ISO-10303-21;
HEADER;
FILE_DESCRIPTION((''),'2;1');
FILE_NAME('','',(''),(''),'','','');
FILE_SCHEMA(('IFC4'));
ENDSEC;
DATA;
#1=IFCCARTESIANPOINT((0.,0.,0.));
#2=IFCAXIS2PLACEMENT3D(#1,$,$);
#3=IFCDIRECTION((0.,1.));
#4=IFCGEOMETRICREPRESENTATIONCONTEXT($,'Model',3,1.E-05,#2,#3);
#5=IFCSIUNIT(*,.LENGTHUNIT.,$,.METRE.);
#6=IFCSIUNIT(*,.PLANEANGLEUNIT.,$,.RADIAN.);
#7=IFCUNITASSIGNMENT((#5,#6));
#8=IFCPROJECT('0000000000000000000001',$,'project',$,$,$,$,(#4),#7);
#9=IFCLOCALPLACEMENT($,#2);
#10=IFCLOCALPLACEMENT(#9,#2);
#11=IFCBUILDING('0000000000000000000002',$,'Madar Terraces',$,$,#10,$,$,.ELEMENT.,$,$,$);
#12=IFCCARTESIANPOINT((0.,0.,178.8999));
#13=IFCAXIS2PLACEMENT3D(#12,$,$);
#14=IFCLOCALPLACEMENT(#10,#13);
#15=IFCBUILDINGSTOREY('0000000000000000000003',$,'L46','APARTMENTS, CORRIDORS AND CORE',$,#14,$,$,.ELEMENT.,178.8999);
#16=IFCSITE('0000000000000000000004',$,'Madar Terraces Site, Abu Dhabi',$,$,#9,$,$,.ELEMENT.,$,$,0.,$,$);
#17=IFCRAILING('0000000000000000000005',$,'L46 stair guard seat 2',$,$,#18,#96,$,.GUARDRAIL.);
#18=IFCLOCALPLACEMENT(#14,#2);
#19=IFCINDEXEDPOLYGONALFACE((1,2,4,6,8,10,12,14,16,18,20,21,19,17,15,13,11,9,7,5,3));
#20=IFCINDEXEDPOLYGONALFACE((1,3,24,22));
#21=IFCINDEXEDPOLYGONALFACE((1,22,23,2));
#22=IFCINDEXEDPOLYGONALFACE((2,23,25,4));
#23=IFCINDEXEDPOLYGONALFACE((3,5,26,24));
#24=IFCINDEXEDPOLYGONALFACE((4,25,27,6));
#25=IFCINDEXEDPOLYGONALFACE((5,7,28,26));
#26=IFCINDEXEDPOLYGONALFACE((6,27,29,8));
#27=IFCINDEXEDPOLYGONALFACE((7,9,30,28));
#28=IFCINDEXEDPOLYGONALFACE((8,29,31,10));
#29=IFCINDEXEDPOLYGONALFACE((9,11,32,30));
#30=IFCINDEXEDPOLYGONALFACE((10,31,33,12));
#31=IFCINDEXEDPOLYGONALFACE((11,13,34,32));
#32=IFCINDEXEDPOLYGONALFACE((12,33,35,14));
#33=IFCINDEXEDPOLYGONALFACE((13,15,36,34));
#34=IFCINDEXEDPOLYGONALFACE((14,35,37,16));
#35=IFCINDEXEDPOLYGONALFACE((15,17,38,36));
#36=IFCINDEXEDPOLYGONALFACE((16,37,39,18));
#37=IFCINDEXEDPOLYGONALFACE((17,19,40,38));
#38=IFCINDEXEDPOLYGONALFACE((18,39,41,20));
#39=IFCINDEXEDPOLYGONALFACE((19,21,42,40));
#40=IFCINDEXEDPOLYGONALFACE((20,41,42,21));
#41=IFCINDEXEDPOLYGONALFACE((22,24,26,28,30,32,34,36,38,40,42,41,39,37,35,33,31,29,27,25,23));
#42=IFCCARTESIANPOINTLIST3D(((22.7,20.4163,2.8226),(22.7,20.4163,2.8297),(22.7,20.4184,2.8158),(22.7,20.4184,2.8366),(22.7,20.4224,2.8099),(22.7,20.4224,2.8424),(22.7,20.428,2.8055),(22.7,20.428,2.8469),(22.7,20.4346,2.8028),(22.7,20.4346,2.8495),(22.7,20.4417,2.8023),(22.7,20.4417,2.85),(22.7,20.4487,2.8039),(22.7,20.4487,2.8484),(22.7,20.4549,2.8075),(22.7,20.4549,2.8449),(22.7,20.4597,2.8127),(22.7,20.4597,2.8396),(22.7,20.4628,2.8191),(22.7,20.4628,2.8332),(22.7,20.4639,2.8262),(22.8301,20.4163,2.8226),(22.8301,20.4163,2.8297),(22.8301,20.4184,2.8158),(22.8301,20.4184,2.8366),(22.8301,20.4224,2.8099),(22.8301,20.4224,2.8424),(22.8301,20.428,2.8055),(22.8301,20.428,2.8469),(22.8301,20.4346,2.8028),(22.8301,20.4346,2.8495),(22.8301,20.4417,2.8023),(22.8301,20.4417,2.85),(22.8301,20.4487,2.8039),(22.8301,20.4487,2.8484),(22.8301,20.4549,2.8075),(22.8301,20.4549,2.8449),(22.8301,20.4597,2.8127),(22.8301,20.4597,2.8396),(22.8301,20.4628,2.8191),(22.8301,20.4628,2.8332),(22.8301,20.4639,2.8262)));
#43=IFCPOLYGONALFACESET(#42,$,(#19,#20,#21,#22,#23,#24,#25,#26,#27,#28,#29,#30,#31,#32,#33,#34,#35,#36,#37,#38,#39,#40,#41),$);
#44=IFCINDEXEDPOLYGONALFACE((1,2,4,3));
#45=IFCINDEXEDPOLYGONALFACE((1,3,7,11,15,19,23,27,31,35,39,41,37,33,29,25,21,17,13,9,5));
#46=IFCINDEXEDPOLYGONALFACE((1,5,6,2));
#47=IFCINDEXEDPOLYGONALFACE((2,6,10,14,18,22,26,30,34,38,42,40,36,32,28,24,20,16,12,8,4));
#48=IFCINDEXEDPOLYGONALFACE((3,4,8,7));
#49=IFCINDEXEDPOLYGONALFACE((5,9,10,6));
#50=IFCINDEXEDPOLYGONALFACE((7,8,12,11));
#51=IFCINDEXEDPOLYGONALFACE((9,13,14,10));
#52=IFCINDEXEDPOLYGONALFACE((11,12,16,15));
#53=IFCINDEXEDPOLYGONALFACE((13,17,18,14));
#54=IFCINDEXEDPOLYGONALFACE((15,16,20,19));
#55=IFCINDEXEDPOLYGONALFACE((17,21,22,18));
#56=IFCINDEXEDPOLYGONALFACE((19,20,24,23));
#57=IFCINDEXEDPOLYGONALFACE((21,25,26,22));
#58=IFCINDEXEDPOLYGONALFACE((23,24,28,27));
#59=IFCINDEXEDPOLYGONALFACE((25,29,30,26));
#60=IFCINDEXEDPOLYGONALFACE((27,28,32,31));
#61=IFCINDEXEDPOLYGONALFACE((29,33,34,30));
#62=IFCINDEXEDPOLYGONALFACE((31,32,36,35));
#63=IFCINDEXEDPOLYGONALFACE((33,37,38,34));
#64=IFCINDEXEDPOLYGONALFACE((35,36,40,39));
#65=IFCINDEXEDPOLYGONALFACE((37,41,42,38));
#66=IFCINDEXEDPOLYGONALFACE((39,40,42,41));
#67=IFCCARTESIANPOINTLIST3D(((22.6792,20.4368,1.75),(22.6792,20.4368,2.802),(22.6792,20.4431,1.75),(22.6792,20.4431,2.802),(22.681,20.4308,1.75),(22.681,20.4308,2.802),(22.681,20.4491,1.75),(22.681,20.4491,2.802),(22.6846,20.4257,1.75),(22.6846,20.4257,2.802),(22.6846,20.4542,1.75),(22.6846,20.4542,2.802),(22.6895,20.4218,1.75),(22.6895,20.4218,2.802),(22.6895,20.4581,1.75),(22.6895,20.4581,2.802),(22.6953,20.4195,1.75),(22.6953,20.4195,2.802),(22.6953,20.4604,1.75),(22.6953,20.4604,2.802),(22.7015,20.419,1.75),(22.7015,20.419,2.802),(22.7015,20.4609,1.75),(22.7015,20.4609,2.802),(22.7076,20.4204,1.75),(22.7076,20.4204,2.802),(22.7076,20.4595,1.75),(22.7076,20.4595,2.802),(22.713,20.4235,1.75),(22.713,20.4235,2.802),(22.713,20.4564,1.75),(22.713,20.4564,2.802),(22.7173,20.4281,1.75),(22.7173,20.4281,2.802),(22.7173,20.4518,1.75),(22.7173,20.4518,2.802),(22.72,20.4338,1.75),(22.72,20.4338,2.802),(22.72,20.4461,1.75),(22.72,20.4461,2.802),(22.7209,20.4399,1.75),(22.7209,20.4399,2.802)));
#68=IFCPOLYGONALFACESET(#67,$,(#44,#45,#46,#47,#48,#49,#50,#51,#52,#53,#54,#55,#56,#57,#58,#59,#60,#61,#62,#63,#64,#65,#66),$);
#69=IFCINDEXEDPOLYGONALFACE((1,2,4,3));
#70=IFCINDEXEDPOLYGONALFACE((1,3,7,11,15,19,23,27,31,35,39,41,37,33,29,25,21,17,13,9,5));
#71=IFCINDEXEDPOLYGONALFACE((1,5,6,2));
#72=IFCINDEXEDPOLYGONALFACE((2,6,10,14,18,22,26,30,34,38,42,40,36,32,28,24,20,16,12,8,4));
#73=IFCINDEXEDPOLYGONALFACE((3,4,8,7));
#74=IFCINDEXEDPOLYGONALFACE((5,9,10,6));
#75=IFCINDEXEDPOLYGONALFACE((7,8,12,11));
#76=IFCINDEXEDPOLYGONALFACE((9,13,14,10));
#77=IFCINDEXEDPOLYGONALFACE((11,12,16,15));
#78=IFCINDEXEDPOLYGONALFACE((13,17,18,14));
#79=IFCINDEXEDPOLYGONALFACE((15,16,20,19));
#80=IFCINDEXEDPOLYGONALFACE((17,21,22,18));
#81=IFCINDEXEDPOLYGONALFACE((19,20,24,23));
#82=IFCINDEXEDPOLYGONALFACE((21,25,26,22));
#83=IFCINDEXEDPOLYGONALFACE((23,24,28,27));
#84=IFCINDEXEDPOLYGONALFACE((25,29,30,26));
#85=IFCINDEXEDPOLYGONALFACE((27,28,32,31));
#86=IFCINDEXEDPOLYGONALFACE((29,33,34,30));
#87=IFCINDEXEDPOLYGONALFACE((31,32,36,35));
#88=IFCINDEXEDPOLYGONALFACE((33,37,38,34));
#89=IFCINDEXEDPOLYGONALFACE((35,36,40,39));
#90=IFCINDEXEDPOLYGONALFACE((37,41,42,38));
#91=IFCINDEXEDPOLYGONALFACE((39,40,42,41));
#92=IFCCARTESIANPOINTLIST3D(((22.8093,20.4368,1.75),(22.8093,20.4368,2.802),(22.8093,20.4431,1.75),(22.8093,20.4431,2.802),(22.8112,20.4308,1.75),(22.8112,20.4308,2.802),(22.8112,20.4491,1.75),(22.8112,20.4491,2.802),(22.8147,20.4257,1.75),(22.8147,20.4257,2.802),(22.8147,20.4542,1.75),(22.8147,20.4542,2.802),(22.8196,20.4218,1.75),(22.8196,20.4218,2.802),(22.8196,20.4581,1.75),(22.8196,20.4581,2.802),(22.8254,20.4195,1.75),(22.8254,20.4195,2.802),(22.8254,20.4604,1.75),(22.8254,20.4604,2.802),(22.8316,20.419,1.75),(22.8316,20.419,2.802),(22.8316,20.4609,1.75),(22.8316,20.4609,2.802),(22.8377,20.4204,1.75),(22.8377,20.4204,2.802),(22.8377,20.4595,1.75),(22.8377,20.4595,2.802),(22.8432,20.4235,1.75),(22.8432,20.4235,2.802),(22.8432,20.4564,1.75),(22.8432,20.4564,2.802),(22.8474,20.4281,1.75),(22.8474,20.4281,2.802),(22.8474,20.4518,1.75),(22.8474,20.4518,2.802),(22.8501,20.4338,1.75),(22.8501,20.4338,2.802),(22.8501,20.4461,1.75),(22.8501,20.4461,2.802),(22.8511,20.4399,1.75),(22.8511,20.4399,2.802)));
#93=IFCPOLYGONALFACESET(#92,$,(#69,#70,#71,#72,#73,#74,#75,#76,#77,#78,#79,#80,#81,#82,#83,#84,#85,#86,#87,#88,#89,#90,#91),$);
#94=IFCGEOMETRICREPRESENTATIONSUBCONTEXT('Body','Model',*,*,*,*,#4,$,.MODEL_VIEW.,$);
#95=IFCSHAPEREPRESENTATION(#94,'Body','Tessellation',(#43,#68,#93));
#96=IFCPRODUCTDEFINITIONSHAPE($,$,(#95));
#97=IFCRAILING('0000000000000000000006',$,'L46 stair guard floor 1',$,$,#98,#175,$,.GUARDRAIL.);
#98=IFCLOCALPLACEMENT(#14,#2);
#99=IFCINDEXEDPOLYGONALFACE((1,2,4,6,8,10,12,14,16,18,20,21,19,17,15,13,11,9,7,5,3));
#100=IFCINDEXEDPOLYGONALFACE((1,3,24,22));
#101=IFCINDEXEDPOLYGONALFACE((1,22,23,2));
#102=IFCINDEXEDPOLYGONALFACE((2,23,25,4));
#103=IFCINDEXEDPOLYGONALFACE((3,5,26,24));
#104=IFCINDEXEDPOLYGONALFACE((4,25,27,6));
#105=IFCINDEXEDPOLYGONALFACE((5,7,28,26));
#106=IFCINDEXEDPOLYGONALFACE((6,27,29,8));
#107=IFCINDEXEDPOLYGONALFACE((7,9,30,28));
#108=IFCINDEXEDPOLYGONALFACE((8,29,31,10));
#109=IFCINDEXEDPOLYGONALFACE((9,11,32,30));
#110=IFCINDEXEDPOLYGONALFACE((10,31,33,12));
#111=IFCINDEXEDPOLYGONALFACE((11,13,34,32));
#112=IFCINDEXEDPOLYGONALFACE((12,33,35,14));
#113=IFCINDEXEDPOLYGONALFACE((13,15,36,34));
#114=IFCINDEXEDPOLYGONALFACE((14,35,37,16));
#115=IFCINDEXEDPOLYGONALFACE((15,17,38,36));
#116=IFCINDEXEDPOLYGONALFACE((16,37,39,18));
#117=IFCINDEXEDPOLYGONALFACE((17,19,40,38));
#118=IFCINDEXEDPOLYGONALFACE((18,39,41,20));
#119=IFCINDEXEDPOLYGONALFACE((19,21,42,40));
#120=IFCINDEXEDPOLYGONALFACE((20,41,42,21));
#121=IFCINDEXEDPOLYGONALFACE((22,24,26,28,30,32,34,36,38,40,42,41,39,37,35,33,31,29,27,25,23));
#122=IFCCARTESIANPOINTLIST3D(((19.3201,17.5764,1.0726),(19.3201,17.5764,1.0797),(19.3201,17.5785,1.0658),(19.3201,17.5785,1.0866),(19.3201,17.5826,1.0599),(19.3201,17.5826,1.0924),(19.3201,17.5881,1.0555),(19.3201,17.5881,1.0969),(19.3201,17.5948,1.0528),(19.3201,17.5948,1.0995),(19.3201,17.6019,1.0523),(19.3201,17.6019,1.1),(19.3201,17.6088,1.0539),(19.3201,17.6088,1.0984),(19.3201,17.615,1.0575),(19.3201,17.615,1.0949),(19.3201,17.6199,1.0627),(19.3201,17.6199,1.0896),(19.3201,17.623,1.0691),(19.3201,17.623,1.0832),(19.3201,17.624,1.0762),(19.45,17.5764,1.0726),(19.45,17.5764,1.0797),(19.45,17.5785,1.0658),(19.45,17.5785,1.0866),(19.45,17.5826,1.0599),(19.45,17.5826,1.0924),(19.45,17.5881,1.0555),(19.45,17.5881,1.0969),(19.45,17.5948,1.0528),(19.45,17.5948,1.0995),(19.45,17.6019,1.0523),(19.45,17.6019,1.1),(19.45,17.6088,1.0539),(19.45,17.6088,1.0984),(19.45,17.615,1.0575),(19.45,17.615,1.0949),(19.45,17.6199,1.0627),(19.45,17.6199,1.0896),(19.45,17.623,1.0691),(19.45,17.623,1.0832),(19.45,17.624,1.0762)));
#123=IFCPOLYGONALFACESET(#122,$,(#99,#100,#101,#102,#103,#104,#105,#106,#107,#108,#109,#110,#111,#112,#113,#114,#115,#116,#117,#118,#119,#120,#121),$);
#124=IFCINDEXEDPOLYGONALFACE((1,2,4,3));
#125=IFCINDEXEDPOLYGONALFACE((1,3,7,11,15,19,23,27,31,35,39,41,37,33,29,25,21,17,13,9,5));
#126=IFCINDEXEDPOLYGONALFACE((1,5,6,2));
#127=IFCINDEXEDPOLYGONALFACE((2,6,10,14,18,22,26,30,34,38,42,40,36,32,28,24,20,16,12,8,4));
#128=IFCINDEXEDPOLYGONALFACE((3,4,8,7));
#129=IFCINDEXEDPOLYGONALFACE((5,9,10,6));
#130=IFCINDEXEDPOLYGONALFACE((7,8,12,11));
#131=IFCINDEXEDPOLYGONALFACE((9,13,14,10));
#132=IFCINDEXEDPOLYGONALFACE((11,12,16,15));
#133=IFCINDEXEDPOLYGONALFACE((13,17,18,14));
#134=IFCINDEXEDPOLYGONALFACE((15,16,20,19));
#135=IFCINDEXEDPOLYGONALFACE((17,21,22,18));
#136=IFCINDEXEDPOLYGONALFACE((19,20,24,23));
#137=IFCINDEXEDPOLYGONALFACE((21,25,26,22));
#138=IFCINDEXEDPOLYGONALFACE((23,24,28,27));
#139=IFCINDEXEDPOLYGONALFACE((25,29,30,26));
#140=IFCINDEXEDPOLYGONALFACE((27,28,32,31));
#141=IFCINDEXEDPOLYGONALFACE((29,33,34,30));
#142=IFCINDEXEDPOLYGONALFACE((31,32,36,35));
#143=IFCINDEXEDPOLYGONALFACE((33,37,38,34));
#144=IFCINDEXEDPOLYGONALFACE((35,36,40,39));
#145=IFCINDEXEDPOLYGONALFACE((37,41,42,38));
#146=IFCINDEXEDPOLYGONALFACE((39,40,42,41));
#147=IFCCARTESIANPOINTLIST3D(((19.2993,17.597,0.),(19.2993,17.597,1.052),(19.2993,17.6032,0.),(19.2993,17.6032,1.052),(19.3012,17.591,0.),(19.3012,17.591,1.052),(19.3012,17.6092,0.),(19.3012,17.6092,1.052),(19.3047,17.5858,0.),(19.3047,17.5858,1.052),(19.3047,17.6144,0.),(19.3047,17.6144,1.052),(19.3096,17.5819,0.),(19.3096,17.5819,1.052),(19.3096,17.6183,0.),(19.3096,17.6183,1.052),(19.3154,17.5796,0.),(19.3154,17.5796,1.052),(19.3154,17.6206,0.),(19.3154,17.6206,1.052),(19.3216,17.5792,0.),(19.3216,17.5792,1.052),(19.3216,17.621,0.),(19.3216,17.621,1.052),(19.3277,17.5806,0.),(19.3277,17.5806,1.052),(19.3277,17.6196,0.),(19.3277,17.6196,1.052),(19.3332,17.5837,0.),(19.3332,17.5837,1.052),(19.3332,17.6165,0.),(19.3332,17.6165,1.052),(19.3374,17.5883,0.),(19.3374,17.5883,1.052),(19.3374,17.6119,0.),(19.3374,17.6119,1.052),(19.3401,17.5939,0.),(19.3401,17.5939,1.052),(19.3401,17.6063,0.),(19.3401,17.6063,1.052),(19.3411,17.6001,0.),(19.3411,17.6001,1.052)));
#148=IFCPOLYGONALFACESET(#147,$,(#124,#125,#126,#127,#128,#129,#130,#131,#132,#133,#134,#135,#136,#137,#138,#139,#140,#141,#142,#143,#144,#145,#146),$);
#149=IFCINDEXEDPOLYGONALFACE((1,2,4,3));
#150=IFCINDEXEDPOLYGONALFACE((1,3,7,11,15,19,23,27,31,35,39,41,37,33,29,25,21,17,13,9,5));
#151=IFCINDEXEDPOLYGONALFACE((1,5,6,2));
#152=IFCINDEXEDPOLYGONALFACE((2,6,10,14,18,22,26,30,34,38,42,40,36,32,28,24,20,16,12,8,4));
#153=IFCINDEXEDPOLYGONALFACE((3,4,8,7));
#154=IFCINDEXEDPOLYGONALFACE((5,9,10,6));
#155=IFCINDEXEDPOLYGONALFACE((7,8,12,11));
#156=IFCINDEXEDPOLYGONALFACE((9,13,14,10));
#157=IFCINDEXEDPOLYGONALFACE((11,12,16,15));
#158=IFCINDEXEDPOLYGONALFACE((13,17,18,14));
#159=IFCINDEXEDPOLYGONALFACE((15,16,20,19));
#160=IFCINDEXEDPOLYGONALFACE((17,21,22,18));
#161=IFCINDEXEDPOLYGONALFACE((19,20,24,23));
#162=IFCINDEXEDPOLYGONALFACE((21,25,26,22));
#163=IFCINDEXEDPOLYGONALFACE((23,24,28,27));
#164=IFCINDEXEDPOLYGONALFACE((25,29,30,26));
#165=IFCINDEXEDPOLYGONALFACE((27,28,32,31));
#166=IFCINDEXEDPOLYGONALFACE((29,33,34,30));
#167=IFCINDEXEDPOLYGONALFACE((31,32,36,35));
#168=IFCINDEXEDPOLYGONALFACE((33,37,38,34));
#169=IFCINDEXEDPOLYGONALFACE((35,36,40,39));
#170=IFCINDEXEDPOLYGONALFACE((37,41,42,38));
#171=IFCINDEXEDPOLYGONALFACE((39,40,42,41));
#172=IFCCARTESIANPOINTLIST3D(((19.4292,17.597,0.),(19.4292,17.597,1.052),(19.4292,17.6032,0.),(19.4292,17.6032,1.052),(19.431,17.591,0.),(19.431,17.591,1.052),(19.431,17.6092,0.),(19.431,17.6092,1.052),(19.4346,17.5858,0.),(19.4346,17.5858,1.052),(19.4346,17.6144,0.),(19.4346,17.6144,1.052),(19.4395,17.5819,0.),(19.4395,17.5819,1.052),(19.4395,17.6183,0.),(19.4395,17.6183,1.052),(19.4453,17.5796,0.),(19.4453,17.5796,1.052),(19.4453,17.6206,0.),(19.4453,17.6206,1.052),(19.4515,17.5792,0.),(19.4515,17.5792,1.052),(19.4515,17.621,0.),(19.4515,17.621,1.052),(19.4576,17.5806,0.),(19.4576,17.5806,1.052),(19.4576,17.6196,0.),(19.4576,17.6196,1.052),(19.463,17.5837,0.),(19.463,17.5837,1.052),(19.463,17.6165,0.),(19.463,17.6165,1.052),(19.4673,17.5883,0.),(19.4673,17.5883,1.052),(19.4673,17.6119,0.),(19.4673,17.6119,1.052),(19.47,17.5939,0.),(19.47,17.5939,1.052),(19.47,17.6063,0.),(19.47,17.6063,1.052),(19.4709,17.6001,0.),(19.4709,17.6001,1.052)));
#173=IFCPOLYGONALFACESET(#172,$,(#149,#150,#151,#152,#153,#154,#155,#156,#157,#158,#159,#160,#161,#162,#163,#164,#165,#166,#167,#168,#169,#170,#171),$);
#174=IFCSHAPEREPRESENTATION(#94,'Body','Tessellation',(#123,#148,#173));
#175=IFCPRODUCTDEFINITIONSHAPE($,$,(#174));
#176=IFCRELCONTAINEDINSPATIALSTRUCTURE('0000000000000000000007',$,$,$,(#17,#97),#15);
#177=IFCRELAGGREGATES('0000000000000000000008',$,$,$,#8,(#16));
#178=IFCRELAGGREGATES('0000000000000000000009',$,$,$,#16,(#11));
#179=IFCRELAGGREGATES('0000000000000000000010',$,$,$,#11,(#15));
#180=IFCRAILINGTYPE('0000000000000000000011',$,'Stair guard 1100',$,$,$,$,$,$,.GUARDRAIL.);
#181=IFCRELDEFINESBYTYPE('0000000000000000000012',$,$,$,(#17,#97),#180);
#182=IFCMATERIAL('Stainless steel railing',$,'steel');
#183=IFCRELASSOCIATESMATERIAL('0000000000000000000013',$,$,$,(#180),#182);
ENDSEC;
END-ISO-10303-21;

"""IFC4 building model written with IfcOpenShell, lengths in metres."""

from ifc_helpers import new_model, si_unit, direction, frame, origin, origin_2d, place, context, subcontext, project, spatial, circle, extrude, material, type_object, element, save


model = new_model("IFC4")

# Units and contexts
model_context = context("Model", 3, precision=1e-05, world=origin(), true_north=direction((0.0, 1.0)))
body_context = subcontext(model_context, "Body", "Model", "MODEL_VIEW")
ifc_project = project(units=[si_unit("LENGTHUNIT", "METRE"), si_unit("PLANEANGLEUNIT", "RADIAN")], contexts=[model_context])

# Site, building, storey
site_placement = place(None, origin())
site = spatial("IfcSite", under=ifc_project, at=site_placement, Name="Madar Terraces Site, Abu Dhabi", CompositionType="ELEMENT", RefElevation=0.0)
building_placement = place(site_placement, origin())
building = spatial("IfcBuilding", under=site, at=building_placement, Name="Madar Terraces", CompositionType="ELEMENT")
storey_placement = place(building_placement, frame((0.0, 0.0, 178.8999)))
storey = spatial("IfcBuildingStorey", under=building, at=storey_placement, Name="L46", Description="APARTMENTS, CORRIDORS AND CORE", CompositionType="ELEMENT", Elevation=178.8999)

# Railings
ifc_material_1 = material(Name="Stainless steel railing", Category="steel")
railing_type_1 = type_object("IfcRailingType", Name="Stair guard 1100", PredefinedType="GUARDRAIL", material=ifc_material_1)
railing_1_placement = place(storey_placement, frame((22.7, 20.4399, 1.75)))
element("IfcRailing", 1, at=railing_1_placement, inside=storey, type_object=railing_type_1, Name="L46 stair guard seat 2", PredefinedType="GUARDRAIL", context=body_context, shape_type="SweptSolid", body=[
    extrude(circle(Radius=0.0239, at=origin_2d()), frame((0.0, 0.0, 1.0762), z_axis=(1.0, 0.0, 0.0), x_axis=(0.0, 1.0, 0.0)), (0.0, 0.0, 1.0), 0.1301),
    extrude(circle(Radius=0.021, at=origin_2d()), origin(), (0.0, 0.0, 1.0), 1.052),
    extrude(circle(Radius=0.021, at=origin_2d()), frame((0.1301, 0.0, 0.0)), (0.0, 0.0, 1.0), 1.052),
])
railing_2_placement = place(storey_placement, frame((19.3201, 17.6001, 0.0)))
element("IfcRailing", 2, at=railing_2_placement, inside=storey, type_object=railing_type_1, Name="L46 stair guard floor 1", PredefinedType="GUARDRAIL", context=body_context, shape_type="SweptSolid", body=[
    extrude(circle(Radius=0.0239, at=origin_2d()), frame((0.0, 0.0, 1.0762), z_axis=(1.0, 0.0, 0.0), x_axis=(0.0, 1.0, 0.0)), (0.0, 0.0, 1.0), 0.1299),
    extrude(circle(Radius=0.021, at=origin_2d()), origin(), (0.0, 0.0, 1.0), 1.052),
    extrude(circle(Radius=0.021, at=origin_2d()), frame((0.1299, 0.0, 0.0)), (0.0, 0.0, 1.0), 1.052),
])

save(model, "model.ifc")
